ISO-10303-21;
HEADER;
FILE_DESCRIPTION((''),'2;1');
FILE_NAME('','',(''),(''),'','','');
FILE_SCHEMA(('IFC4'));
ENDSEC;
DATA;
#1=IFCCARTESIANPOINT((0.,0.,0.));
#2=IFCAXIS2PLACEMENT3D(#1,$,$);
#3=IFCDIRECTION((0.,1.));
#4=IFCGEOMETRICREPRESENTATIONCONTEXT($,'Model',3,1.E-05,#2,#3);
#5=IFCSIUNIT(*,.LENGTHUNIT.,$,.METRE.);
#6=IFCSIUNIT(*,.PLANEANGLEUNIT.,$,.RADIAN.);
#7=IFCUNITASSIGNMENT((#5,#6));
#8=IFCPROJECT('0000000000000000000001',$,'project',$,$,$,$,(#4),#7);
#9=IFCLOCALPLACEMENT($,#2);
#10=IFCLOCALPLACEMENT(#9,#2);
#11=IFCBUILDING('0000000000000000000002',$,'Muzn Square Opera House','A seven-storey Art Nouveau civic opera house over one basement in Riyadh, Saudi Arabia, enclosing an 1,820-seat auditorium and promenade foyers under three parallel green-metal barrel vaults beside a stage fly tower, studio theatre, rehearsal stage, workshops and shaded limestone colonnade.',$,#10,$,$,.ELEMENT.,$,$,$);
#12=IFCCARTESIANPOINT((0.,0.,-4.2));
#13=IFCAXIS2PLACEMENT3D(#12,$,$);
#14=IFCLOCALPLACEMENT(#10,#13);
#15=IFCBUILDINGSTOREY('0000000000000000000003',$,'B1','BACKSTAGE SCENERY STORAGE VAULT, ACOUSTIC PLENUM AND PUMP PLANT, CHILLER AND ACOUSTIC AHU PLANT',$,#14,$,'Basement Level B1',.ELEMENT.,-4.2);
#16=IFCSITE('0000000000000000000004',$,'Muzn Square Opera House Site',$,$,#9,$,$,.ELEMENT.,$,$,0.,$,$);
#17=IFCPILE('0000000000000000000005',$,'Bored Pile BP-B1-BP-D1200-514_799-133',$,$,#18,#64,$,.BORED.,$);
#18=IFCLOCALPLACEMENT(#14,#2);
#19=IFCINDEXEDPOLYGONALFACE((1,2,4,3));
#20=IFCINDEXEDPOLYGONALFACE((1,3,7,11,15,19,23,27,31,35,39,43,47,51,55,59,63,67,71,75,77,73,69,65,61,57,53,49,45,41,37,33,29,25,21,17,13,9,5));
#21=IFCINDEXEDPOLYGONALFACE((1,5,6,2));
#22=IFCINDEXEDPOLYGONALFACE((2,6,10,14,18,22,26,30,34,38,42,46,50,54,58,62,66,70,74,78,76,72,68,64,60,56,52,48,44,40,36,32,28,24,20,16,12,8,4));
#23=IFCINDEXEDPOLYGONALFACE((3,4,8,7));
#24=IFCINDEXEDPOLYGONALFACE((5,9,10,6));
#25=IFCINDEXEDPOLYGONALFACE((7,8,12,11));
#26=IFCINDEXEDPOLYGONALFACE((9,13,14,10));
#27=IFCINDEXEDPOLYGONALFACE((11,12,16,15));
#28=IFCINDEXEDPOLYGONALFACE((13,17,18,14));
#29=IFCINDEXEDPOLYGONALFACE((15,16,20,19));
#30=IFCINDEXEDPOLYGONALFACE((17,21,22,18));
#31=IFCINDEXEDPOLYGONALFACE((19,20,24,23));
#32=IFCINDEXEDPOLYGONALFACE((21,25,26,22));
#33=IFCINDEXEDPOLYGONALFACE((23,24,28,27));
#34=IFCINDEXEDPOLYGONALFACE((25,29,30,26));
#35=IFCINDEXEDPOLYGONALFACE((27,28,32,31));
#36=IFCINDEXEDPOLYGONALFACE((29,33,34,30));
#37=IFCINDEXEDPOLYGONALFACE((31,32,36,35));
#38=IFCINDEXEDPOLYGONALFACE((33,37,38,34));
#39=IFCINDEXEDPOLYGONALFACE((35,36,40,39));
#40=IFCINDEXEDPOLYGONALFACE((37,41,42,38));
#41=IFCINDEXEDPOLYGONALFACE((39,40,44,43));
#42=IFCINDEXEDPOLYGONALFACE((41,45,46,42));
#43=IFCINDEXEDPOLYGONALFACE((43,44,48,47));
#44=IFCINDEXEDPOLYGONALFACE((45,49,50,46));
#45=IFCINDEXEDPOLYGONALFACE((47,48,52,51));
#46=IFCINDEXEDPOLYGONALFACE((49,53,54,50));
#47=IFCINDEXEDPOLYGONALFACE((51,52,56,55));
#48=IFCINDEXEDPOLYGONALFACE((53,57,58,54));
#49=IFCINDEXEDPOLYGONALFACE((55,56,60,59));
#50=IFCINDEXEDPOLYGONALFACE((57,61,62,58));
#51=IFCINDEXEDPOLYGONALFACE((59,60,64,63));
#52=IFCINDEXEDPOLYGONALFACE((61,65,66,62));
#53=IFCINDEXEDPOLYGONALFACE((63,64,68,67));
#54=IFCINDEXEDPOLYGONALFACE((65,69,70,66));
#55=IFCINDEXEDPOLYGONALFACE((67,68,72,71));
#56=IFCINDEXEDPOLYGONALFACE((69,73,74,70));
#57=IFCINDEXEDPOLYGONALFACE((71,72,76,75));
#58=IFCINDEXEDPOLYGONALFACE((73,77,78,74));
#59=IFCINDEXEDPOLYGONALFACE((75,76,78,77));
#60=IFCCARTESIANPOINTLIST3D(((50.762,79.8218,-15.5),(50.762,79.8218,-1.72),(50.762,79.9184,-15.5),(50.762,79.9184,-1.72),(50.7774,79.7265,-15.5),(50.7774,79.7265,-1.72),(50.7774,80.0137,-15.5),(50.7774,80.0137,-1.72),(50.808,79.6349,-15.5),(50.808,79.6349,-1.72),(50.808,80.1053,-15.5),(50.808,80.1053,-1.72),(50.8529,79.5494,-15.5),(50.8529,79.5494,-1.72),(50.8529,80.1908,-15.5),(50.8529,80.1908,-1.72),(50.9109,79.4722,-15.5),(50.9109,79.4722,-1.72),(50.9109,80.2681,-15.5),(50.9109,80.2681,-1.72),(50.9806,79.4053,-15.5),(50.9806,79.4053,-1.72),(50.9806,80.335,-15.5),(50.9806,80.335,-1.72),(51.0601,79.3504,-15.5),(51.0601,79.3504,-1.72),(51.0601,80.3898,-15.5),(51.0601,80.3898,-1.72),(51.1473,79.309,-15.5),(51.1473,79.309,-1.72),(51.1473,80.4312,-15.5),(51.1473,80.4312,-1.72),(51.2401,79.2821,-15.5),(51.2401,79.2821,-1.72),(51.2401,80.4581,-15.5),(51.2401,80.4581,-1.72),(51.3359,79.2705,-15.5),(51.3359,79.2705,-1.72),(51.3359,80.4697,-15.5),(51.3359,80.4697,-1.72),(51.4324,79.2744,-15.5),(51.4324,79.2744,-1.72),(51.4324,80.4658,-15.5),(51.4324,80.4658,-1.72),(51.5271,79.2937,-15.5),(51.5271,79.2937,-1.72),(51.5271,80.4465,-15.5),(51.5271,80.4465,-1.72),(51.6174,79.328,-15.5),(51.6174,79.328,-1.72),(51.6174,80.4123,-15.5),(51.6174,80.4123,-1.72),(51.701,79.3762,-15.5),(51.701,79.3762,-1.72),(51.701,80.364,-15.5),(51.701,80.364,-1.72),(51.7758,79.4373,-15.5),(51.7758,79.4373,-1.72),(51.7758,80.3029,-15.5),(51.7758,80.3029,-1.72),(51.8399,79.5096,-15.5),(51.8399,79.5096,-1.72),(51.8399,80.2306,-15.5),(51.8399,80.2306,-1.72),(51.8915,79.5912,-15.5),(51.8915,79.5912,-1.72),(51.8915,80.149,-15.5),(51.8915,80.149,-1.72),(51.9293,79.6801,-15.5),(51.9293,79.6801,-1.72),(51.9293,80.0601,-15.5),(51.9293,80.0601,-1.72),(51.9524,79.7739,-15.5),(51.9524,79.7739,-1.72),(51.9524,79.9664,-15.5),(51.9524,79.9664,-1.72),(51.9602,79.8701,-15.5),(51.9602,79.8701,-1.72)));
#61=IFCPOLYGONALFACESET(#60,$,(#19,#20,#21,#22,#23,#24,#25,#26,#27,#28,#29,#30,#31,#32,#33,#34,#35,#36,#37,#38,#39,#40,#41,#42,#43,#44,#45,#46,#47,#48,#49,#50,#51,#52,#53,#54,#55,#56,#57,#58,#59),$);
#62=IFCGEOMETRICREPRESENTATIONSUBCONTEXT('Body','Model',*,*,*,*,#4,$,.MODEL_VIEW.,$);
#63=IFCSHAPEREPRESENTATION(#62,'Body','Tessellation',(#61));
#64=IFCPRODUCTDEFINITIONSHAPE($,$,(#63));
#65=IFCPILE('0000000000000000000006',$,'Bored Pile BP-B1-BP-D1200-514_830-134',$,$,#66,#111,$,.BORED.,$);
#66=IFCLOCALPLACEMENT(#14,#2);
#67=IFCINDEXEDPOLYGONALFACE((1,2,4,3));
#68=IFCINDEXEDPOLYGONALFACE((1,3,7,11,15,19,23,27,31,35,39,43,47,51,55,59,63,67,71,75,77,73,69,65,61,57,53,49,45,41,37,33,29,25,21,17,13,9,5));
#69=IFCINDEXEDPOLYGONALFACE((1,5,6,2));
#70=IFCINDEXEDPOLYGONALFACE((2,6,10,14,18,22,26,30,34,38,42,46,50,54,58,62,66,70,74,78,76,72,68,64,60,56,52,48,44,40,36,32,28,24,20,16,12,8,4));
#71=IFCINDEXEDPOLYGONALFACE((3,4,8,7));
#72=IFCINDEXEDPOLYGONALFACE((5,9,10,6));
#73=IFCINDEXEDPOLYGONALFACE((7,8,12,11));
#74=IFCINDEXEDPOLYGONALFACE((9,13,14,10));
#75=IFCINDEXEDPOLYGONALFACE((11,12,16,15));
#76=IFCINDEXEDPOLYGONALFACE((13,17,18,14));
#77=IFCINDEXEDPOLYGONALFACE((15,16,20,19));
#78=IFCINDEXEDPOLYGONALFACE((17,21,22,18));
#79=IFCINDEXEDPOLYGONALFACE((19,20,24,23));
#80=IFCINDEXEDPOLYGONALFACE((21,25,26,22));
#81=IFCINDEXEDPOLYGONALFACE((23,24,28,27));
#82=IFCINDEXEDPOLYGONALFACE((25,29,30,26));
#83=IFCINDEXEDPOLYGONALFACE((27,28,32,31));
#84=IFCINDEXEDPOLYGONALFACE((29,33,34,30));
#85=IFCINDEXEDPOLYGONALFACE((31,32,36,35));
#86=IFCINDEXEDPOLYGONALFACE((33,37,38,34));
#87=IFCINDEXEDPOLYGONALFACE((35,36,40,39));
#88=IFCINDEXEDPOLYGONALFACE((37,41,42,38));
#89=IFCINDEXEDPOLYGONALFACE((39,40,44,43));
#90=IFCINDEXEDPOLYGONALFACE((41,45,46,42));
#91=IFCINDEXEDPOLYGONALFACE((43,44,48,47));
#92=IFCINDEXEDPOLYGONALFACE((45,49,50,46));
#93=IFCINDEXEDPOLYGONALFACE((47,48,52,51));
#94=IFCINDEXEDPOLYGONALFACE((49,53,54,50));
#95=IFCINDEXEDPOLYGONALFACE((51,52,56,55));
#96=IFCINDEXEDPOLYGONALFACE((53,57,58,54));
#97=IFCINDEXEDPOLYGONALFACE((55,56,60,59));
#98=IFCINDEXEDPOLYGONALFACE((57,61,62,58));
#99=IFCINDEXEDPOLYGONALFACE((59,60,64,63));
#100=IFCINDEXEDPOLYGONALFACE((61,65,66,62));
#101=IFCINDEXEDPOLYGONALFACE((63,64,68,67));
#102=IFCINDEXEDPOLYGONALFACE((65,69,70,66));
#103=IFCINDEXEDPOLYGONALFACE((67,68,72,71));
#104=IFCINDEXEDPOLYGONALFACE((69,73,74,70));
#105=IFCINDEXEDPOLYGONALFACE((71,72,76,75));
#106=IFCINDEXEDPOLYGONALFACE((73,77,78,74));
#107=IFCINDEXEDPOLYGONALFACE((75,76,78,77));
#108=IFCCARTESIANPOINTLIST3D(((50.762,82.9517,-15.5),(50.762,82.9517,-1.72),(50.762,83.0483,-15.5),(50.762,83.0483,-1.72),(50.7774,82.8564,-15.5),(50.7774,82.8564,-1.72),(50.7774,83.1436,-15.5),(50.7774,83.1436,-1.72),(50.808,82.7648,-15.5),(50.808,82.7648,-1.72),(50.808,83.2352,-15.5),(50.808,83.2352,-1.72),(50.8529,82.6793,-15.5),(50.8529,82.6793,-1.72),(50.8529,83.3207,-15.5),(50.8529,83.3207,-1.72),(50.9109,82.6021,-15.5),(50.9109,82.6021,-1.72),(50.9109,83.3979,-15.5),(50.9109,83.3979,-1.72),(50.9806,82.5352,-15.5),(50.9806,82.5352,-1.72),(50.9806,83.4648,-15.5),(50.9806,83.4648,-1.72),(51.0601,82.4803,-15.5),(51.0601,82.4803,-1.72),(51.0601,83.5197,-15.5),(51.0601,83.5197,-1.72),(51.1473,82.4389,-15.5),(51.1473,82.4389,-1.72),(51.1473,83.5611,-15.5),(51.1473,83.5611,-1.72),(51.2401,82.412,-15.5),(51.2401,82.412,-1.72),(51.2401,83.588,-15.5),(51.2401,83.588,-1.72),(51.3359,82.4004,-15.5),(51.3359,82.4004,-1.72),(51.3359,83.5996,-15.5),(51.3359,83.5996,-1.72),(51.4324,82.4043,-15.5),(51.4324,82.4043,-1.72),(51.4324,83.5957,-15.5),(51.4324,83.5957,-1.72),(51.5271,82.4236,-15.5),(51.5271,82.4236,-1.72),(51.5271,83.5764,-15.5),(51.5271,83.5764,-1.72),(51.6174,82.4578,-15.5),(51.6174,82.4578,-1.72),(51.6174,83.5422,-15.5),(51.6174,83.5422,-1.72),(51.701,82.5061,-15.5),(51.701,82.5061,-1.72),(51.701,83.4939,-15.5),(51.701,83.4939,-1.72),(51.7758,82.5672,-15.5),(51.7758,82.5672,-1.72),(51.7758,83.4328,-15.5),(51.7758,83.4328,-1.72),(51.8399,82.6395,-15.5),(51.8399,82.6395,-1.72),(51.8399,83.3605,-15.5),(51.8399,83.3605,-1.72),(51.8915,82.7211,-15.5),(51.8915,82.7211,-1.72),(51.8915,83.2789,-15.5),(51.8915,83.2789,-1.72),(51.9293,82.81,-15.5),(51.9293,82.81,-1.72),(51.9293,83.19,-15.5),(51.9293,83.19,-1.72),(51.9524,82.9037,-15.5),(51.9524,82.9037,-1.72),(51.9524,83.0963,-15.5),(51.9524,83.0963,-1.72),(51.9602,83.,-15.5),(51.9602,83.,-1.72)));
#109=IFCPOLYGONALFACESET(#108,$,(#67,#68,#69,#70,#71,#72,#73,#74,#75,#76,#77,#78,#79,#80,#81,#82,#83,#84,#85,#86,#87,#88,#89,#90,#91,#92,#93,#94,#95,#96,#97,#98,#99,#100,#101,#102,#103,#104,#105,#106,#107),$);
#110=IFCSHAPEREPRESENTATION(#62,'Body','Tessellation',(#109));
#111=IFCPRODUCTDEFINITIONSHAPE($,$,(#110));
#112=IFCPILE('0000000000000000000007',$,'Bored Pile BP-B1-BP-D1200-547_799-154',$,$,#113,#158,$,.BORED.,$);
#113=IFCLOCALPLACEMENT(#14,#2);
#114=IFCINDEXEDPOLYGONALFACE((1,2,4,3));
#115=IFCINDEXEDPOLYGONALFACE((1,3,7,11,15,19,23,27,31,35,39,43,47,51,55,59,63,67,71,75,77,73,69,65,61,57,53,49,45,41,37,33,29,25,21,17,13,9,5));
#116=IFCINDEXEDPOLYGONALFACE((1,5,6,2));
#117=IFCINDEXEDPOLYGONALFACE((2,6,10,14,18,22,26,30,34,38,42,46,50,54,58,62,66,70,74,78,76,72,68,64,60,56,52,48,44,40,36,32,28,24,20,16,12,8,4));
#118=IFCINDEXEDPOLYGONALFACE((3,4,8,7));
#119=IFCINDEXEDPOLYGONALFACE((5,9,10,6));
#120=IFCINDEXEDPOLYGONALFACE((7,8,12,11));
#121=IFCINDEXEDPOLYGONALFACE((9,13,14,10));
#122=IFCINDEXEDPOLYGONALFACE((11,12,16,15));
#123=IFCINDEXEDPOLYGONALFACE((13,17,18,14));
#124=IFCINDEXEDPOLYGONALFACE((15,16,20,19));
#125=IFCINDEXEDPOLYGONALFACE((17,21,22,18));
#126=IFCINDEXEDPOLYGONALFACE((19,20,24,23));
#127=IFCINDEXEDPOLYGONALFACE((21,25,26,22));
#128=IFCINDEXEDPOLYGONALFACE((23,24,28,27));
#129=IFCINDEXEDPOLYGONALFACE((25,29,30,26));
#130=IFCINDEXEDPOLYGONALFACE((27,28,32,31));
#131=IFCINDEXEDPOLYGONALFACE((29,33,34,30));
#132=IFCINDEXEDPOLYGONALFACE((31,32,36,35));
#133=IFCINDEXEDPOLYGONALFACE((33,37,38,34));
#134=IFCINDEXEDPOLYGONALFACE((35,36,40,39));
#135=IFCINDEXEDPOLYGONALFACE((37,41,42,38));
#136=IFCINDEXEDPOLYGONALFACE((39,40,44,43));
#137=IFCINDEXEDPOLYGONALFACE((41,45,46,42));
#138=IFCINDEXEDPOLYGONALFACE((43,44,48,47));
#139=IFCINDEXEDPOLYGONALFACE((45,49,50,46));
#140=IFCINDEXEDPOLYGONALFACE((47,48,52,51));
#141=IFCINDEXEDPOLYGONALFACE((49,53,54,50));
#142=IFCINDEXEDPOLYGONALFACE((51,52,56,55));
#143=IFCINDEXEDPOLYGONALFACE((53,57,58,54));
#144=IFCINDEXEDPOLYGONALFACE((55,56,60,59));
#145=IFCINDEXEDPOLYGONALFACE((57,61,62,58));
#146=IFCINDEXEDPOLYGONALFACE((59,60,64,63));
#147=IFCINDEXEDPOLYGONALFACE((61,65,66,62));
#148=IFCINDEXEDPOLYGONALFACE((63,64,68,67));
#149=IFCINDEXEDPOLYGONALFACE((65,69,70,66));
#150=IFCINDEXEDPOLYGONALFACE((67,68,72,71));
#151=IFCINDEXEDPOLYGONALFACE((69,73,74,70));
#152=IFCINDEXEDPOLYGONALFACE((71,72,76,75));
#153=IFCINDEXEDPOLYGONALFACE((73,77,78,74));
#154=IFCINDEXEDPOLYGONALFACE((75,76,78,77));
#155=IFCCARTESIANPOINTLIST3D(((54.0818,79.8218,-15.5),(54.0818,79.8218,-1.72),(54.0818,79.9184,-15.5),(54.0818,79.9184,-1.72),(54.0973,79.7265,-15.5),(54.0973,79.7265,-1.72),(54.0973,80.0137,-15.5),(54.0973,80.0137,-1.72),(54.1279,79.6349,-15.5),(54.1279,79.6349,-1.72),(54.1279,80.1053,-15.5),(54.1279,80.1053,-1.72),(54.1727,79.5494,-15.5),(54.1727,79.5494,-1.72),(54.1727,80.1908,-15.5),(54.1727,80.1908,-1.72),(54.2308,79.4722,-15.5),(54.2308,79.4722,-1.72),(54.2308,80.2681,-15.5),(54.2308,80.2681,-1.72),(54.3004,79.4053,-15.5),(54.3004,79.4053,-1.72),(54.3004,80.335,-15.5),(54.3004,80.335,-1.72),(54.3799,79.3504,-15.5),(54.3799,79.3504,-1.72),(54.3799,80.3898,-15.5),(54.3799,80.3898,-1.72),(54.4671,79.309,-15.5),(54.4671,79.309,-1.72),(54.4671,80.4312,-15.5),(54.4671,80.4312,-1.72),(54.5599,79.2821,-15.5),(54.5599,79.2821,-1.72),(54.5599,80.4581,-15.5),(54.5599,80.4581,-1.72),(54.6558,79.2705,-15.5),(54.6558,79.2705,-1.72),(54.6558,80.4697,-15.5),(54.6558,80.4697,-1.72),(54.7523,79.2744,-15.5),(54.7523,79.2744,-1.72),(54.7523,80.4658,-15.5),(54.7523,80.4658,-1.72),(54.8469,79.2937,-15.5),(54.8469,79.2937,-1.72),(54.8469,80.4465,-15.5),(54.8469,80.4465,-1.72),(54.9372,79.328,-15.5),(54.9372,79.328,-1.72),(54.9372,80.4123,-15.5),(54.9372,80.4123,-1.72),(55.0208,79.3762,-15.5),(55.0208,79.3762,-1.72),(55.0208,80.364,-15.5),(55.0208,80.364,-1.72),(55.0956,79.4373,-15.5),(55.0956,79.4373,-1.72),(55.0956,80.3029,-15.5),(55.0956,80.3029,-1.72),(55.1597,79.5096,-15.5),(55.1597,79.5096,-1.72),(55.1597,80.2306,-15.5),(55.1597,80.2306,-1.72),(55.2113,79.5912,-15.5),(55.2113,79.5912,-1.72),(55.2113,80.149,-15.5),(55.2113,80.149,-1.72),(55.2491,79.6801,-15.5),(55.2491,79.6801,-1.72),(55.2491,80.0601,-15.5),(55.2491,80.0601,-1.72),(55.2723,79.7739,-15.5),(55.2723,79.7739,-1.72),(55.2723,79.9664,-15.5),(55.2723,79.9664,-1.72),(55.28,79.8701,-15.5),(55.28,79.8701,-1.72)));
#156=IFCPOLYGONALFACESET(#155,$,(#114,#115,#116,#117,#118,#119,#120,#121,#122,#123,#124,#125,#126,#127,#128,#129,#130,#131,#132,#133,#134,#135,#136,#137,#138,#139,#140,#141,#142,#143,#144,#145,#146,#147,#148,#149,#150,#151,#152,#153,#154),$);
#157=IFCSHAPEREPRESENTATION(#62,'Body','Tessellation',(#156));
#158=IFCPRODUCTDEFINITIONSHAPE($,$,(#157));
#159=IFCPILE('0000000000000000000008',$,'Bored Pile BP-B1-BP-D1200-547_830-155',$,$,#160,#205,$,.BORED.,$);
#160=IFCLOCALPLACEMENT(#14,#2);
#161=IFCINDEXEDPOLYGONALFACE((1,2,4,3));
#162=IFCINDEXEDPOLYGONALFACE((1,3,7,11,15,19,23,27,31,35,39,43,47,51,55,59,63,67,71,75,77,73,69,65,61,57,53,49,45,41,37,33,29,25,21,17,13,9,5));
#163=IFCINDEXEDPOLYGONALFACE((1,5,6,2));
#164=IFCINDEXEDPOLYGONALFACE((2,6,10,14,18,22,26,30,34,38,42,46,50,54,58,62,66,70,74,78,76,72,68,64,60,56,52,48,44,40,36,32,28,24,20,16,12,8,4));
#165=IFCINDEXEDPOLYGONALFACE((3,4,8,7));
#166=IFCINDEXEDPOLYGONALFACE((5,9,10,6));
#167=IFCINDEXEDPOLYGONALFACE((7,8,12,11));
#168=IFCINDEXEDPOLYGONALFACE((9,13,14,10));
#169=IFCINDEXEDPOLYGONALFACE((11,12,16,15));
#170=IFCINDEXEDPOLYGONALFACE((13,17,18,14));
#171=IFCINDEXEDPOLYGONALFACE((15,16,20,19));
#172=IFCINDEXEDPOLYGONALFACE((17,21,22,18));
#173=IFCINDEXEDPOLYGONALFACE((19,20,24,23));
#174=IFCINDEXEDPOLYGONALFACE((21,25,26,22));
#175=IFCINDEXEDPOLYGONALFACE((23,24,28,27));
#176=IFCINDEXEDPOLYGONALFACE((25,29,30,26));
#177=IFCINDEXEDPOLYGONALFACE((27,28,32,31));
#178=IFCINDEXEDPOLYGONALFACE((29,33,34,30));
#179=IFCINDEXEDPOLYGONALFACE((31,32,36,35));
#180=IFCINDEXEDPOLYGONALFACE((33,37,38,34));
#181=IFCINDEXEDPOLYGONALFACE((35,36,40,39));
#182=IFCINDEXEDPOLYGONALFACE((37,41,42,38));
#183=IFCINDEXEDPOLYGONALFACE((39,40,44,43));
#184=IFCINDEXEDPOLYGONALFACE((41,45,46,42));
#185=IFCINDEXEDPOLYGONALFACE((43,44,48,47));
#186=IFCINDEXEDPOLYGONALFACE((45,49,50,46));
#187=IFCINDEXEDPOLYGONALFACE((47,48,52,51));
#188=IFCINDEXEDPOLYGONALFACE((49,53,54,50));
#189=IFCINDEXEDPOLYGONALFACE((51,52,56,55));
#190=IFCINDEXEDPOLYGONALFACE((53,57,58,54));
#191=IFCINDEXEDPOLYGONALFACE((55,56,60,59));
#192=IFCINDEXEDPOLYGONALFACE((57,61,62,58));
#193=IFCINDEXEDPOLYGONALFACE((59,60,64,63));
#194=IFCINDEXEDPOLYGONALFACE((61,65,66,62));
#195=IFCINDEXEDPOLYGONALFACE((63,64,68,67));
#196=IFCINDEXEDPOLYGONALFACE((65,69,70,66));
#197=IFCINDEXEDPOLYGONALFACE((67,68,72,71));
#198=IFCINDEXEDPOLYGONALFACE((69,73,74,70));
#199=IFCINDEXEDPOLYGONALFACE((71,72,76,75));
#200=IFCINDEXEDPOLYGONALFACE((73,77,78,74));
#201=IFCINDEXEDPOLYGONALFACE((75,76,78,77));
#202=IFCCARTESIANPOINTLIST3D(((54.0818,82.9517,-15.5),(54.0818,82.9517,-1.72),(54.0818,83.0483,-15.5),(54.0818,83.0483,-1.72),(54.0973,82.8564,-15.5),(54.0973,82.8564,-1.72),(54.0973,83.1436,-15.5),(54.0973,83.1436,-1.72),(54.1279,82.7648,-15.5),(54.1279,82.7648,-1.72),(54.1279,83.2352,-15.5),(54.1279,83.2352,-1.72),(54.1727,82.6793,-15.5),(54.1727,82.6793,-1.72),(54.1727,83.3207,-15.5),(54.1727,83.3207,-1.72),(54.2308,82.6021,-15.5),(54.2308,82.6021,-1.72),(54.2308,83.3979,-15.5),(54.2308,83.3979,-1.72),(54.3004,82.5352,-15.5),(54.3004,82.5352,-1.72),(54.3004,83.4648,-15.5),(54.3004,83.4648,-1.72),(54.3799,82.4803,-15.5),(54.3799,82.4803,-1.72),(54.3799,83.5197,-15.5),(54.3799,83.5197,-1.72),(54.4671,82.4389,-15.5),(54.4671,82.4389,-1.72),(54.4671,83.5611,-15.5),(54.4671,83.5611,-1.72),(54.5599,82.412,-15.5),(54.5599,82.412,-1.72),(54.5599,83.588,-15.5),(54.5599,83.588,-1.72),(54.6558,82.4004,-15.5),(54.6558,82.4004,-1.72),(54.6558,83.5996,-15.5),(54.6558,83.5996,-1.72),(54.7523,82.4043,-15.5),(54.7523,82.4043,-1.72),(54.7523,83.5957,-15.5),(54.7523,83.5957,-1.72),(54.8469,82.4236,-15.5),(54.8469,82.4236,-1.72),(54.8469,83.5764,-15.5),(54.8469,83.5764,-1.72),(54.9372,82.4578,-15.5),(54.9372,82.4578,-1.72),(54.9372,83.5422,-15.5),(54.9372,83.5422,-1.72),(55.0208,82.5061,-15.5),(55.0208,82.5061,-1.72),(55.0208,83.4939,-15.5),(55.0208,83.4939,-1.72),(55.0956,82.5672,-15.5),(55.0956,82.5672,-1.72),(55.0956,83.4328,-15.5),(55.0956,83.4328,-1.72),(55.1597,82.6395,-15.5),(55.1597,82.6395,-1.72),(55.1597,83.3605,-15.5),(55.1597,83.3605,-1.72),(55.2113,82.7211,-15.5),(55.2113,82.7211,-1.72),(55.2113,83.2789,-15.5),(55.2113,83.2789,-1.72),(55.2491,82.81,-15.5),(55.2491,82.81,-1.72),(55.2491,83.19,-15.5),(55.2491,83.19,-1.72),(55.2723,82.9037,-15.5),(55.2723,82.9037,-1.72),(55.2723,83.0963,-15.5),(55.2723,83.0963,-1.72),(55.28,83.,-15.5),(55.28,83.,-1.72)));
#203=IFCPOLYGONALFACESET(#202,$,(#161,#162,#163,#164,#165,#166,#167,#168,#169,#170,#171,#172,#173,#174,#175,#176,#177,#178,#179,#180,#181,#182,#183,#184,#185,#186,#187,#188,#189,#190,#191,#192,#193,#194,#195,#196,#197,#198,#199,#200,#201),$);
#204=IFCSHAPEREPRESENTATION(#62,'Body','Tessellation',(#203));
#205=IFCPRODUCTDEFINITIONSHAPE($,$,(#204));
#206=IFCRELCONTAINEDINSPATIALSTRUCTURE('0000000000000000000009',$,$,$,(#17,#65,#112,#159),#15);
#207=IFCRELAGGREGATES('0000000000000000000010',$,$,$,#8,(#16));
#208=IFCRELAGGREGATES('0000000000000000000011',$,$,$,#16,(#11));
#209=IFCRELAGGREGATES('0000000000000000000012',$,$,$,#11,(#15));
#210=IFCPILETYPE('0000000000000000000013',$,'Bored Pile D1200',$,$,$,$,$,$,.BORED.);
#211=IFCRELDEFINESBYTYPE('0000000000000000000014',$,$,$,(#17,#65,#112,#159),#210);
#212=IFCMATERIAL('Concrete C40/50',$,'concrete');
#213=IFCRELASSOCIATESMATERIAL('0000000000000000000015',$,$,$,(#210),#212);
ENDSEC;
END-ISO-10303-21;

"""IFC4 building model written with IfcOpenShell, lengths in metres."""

from ifc_helpers import new_model, si_unit, direction, frame, origin, origin_2d, place, context, subcontext, project, spatial, circle, extrude, material, material_profile, profile_set, type_object, element, save


model = new_model("IFC4")

# Units and contexts
model_context = context("Model", 3, precision=1e-05, world=origin(), true_north=direction((0.0, 1.0)))
body_context = subcontext(model_context, "Body", "Model", "MODEL_VIEW")
ifc_project = project(units=[si_unit("LENGTHUNIT", "METRE"), si_unit("PLANEANGLEUNIT", "RADIAN")], contexts=[model_context])

# Site, building, storey
site_placement = place(None, origin())
site = spatial("IfcSite", under=ifc_project, at=site_placement, Name="Muzn Square Opera House Site", CompositionType="ELEMENT", RefElevation=0.0)
building_placement = place(site_placement, origin())
building = spatial("IfcBuilding", under=site, at=building_placement, Name="Muzn Square Opera House", Description="A seven-storey Art Nouveau civic opera house over one basement in Riyadh, Saudi Arabia, enclosing an 1,820-seat auditorium and promenade foyers under three parallel green-metal barrel vaults beside a stage fly tower, studio theatre, rehearsal stage, workshops and shaded limestone colonnade.", CompositionType="ELEMENT")
storey_placement = place(building_placement, frame((0.0, 0.0, -4.2)))
storey = spatial("IfcBuildingStorey", under=building, at=storey_placement, Name="B1", Description="BACKSTAGE SCENERY STORAGE VAULT, ACOUSTIC PLENUM AND PUMP PLANT, CHILLER AND ACOUSTIC AHU PLANT", LongName="Basement Level B1", CompositionType="ELEMENT", Elevation=-4.2)

# Piles
ifc_material_1 = material(Name="Concrete C40/50", Category="concrete")
ifc_material_profile_1 = material_profile(ifc_material_1, circle(Radius=0.6001, at=origin_2d()), Name="BORED PILE D1200", Category="concrete")
ifc_profile_set_1 = profile_set([ifc_material_profile_1], Name="Concrete C40/50")
pile_type = type_object("IfcPileType", Name="Bored Pile D1200", PredefinedType="BORED", material=ifc_profile_set_1)
for number, where, z_axis, x_axis, name in (
    (1, (51.3601, 79.8701, -1.72), (0.0, 0.0, -1.0), (1.0, 0.0, 0.0), "Bored Pile BP-B1-BP-D1200-514_799-133"),
    (2, (51.3601, 83.0, -1.72), (0.0, 0.0, -1.0), (1.0, 0.0, 0.0), "Bored Pile BP-B1-BP-D1200-514_830-134"),
    (3, (54.6799, 79.8701, -1.72), (0.0, 0.0, -1.0), (1.0, 0.0, 0.0), "Bored Pile BP-B1-BP-D1200-547_799-154"),
    (4, (54.6799, 83.0, -1.72), (0.0, 0.0, -1.0), (1.0, 0.0, 0.0), "Bored Pile BP-B1-BP-D1200-547_830-155"),
):
    element("IfcPile", number, at=place(storey_placement, frame(where, z_axis=z_axis, x_axis=x_axis)), inside=storey, type_object=pile_type, Name=name, PredefinedType="BORED", context=body_context, shape_type="SweptSolid", body=[
        extrude(circle(Radius=0.6001, at=origin_2d()), origin(), (0.0, 0.0, 1.0), 13.78),
    ])

save(model, "model.ifc")
